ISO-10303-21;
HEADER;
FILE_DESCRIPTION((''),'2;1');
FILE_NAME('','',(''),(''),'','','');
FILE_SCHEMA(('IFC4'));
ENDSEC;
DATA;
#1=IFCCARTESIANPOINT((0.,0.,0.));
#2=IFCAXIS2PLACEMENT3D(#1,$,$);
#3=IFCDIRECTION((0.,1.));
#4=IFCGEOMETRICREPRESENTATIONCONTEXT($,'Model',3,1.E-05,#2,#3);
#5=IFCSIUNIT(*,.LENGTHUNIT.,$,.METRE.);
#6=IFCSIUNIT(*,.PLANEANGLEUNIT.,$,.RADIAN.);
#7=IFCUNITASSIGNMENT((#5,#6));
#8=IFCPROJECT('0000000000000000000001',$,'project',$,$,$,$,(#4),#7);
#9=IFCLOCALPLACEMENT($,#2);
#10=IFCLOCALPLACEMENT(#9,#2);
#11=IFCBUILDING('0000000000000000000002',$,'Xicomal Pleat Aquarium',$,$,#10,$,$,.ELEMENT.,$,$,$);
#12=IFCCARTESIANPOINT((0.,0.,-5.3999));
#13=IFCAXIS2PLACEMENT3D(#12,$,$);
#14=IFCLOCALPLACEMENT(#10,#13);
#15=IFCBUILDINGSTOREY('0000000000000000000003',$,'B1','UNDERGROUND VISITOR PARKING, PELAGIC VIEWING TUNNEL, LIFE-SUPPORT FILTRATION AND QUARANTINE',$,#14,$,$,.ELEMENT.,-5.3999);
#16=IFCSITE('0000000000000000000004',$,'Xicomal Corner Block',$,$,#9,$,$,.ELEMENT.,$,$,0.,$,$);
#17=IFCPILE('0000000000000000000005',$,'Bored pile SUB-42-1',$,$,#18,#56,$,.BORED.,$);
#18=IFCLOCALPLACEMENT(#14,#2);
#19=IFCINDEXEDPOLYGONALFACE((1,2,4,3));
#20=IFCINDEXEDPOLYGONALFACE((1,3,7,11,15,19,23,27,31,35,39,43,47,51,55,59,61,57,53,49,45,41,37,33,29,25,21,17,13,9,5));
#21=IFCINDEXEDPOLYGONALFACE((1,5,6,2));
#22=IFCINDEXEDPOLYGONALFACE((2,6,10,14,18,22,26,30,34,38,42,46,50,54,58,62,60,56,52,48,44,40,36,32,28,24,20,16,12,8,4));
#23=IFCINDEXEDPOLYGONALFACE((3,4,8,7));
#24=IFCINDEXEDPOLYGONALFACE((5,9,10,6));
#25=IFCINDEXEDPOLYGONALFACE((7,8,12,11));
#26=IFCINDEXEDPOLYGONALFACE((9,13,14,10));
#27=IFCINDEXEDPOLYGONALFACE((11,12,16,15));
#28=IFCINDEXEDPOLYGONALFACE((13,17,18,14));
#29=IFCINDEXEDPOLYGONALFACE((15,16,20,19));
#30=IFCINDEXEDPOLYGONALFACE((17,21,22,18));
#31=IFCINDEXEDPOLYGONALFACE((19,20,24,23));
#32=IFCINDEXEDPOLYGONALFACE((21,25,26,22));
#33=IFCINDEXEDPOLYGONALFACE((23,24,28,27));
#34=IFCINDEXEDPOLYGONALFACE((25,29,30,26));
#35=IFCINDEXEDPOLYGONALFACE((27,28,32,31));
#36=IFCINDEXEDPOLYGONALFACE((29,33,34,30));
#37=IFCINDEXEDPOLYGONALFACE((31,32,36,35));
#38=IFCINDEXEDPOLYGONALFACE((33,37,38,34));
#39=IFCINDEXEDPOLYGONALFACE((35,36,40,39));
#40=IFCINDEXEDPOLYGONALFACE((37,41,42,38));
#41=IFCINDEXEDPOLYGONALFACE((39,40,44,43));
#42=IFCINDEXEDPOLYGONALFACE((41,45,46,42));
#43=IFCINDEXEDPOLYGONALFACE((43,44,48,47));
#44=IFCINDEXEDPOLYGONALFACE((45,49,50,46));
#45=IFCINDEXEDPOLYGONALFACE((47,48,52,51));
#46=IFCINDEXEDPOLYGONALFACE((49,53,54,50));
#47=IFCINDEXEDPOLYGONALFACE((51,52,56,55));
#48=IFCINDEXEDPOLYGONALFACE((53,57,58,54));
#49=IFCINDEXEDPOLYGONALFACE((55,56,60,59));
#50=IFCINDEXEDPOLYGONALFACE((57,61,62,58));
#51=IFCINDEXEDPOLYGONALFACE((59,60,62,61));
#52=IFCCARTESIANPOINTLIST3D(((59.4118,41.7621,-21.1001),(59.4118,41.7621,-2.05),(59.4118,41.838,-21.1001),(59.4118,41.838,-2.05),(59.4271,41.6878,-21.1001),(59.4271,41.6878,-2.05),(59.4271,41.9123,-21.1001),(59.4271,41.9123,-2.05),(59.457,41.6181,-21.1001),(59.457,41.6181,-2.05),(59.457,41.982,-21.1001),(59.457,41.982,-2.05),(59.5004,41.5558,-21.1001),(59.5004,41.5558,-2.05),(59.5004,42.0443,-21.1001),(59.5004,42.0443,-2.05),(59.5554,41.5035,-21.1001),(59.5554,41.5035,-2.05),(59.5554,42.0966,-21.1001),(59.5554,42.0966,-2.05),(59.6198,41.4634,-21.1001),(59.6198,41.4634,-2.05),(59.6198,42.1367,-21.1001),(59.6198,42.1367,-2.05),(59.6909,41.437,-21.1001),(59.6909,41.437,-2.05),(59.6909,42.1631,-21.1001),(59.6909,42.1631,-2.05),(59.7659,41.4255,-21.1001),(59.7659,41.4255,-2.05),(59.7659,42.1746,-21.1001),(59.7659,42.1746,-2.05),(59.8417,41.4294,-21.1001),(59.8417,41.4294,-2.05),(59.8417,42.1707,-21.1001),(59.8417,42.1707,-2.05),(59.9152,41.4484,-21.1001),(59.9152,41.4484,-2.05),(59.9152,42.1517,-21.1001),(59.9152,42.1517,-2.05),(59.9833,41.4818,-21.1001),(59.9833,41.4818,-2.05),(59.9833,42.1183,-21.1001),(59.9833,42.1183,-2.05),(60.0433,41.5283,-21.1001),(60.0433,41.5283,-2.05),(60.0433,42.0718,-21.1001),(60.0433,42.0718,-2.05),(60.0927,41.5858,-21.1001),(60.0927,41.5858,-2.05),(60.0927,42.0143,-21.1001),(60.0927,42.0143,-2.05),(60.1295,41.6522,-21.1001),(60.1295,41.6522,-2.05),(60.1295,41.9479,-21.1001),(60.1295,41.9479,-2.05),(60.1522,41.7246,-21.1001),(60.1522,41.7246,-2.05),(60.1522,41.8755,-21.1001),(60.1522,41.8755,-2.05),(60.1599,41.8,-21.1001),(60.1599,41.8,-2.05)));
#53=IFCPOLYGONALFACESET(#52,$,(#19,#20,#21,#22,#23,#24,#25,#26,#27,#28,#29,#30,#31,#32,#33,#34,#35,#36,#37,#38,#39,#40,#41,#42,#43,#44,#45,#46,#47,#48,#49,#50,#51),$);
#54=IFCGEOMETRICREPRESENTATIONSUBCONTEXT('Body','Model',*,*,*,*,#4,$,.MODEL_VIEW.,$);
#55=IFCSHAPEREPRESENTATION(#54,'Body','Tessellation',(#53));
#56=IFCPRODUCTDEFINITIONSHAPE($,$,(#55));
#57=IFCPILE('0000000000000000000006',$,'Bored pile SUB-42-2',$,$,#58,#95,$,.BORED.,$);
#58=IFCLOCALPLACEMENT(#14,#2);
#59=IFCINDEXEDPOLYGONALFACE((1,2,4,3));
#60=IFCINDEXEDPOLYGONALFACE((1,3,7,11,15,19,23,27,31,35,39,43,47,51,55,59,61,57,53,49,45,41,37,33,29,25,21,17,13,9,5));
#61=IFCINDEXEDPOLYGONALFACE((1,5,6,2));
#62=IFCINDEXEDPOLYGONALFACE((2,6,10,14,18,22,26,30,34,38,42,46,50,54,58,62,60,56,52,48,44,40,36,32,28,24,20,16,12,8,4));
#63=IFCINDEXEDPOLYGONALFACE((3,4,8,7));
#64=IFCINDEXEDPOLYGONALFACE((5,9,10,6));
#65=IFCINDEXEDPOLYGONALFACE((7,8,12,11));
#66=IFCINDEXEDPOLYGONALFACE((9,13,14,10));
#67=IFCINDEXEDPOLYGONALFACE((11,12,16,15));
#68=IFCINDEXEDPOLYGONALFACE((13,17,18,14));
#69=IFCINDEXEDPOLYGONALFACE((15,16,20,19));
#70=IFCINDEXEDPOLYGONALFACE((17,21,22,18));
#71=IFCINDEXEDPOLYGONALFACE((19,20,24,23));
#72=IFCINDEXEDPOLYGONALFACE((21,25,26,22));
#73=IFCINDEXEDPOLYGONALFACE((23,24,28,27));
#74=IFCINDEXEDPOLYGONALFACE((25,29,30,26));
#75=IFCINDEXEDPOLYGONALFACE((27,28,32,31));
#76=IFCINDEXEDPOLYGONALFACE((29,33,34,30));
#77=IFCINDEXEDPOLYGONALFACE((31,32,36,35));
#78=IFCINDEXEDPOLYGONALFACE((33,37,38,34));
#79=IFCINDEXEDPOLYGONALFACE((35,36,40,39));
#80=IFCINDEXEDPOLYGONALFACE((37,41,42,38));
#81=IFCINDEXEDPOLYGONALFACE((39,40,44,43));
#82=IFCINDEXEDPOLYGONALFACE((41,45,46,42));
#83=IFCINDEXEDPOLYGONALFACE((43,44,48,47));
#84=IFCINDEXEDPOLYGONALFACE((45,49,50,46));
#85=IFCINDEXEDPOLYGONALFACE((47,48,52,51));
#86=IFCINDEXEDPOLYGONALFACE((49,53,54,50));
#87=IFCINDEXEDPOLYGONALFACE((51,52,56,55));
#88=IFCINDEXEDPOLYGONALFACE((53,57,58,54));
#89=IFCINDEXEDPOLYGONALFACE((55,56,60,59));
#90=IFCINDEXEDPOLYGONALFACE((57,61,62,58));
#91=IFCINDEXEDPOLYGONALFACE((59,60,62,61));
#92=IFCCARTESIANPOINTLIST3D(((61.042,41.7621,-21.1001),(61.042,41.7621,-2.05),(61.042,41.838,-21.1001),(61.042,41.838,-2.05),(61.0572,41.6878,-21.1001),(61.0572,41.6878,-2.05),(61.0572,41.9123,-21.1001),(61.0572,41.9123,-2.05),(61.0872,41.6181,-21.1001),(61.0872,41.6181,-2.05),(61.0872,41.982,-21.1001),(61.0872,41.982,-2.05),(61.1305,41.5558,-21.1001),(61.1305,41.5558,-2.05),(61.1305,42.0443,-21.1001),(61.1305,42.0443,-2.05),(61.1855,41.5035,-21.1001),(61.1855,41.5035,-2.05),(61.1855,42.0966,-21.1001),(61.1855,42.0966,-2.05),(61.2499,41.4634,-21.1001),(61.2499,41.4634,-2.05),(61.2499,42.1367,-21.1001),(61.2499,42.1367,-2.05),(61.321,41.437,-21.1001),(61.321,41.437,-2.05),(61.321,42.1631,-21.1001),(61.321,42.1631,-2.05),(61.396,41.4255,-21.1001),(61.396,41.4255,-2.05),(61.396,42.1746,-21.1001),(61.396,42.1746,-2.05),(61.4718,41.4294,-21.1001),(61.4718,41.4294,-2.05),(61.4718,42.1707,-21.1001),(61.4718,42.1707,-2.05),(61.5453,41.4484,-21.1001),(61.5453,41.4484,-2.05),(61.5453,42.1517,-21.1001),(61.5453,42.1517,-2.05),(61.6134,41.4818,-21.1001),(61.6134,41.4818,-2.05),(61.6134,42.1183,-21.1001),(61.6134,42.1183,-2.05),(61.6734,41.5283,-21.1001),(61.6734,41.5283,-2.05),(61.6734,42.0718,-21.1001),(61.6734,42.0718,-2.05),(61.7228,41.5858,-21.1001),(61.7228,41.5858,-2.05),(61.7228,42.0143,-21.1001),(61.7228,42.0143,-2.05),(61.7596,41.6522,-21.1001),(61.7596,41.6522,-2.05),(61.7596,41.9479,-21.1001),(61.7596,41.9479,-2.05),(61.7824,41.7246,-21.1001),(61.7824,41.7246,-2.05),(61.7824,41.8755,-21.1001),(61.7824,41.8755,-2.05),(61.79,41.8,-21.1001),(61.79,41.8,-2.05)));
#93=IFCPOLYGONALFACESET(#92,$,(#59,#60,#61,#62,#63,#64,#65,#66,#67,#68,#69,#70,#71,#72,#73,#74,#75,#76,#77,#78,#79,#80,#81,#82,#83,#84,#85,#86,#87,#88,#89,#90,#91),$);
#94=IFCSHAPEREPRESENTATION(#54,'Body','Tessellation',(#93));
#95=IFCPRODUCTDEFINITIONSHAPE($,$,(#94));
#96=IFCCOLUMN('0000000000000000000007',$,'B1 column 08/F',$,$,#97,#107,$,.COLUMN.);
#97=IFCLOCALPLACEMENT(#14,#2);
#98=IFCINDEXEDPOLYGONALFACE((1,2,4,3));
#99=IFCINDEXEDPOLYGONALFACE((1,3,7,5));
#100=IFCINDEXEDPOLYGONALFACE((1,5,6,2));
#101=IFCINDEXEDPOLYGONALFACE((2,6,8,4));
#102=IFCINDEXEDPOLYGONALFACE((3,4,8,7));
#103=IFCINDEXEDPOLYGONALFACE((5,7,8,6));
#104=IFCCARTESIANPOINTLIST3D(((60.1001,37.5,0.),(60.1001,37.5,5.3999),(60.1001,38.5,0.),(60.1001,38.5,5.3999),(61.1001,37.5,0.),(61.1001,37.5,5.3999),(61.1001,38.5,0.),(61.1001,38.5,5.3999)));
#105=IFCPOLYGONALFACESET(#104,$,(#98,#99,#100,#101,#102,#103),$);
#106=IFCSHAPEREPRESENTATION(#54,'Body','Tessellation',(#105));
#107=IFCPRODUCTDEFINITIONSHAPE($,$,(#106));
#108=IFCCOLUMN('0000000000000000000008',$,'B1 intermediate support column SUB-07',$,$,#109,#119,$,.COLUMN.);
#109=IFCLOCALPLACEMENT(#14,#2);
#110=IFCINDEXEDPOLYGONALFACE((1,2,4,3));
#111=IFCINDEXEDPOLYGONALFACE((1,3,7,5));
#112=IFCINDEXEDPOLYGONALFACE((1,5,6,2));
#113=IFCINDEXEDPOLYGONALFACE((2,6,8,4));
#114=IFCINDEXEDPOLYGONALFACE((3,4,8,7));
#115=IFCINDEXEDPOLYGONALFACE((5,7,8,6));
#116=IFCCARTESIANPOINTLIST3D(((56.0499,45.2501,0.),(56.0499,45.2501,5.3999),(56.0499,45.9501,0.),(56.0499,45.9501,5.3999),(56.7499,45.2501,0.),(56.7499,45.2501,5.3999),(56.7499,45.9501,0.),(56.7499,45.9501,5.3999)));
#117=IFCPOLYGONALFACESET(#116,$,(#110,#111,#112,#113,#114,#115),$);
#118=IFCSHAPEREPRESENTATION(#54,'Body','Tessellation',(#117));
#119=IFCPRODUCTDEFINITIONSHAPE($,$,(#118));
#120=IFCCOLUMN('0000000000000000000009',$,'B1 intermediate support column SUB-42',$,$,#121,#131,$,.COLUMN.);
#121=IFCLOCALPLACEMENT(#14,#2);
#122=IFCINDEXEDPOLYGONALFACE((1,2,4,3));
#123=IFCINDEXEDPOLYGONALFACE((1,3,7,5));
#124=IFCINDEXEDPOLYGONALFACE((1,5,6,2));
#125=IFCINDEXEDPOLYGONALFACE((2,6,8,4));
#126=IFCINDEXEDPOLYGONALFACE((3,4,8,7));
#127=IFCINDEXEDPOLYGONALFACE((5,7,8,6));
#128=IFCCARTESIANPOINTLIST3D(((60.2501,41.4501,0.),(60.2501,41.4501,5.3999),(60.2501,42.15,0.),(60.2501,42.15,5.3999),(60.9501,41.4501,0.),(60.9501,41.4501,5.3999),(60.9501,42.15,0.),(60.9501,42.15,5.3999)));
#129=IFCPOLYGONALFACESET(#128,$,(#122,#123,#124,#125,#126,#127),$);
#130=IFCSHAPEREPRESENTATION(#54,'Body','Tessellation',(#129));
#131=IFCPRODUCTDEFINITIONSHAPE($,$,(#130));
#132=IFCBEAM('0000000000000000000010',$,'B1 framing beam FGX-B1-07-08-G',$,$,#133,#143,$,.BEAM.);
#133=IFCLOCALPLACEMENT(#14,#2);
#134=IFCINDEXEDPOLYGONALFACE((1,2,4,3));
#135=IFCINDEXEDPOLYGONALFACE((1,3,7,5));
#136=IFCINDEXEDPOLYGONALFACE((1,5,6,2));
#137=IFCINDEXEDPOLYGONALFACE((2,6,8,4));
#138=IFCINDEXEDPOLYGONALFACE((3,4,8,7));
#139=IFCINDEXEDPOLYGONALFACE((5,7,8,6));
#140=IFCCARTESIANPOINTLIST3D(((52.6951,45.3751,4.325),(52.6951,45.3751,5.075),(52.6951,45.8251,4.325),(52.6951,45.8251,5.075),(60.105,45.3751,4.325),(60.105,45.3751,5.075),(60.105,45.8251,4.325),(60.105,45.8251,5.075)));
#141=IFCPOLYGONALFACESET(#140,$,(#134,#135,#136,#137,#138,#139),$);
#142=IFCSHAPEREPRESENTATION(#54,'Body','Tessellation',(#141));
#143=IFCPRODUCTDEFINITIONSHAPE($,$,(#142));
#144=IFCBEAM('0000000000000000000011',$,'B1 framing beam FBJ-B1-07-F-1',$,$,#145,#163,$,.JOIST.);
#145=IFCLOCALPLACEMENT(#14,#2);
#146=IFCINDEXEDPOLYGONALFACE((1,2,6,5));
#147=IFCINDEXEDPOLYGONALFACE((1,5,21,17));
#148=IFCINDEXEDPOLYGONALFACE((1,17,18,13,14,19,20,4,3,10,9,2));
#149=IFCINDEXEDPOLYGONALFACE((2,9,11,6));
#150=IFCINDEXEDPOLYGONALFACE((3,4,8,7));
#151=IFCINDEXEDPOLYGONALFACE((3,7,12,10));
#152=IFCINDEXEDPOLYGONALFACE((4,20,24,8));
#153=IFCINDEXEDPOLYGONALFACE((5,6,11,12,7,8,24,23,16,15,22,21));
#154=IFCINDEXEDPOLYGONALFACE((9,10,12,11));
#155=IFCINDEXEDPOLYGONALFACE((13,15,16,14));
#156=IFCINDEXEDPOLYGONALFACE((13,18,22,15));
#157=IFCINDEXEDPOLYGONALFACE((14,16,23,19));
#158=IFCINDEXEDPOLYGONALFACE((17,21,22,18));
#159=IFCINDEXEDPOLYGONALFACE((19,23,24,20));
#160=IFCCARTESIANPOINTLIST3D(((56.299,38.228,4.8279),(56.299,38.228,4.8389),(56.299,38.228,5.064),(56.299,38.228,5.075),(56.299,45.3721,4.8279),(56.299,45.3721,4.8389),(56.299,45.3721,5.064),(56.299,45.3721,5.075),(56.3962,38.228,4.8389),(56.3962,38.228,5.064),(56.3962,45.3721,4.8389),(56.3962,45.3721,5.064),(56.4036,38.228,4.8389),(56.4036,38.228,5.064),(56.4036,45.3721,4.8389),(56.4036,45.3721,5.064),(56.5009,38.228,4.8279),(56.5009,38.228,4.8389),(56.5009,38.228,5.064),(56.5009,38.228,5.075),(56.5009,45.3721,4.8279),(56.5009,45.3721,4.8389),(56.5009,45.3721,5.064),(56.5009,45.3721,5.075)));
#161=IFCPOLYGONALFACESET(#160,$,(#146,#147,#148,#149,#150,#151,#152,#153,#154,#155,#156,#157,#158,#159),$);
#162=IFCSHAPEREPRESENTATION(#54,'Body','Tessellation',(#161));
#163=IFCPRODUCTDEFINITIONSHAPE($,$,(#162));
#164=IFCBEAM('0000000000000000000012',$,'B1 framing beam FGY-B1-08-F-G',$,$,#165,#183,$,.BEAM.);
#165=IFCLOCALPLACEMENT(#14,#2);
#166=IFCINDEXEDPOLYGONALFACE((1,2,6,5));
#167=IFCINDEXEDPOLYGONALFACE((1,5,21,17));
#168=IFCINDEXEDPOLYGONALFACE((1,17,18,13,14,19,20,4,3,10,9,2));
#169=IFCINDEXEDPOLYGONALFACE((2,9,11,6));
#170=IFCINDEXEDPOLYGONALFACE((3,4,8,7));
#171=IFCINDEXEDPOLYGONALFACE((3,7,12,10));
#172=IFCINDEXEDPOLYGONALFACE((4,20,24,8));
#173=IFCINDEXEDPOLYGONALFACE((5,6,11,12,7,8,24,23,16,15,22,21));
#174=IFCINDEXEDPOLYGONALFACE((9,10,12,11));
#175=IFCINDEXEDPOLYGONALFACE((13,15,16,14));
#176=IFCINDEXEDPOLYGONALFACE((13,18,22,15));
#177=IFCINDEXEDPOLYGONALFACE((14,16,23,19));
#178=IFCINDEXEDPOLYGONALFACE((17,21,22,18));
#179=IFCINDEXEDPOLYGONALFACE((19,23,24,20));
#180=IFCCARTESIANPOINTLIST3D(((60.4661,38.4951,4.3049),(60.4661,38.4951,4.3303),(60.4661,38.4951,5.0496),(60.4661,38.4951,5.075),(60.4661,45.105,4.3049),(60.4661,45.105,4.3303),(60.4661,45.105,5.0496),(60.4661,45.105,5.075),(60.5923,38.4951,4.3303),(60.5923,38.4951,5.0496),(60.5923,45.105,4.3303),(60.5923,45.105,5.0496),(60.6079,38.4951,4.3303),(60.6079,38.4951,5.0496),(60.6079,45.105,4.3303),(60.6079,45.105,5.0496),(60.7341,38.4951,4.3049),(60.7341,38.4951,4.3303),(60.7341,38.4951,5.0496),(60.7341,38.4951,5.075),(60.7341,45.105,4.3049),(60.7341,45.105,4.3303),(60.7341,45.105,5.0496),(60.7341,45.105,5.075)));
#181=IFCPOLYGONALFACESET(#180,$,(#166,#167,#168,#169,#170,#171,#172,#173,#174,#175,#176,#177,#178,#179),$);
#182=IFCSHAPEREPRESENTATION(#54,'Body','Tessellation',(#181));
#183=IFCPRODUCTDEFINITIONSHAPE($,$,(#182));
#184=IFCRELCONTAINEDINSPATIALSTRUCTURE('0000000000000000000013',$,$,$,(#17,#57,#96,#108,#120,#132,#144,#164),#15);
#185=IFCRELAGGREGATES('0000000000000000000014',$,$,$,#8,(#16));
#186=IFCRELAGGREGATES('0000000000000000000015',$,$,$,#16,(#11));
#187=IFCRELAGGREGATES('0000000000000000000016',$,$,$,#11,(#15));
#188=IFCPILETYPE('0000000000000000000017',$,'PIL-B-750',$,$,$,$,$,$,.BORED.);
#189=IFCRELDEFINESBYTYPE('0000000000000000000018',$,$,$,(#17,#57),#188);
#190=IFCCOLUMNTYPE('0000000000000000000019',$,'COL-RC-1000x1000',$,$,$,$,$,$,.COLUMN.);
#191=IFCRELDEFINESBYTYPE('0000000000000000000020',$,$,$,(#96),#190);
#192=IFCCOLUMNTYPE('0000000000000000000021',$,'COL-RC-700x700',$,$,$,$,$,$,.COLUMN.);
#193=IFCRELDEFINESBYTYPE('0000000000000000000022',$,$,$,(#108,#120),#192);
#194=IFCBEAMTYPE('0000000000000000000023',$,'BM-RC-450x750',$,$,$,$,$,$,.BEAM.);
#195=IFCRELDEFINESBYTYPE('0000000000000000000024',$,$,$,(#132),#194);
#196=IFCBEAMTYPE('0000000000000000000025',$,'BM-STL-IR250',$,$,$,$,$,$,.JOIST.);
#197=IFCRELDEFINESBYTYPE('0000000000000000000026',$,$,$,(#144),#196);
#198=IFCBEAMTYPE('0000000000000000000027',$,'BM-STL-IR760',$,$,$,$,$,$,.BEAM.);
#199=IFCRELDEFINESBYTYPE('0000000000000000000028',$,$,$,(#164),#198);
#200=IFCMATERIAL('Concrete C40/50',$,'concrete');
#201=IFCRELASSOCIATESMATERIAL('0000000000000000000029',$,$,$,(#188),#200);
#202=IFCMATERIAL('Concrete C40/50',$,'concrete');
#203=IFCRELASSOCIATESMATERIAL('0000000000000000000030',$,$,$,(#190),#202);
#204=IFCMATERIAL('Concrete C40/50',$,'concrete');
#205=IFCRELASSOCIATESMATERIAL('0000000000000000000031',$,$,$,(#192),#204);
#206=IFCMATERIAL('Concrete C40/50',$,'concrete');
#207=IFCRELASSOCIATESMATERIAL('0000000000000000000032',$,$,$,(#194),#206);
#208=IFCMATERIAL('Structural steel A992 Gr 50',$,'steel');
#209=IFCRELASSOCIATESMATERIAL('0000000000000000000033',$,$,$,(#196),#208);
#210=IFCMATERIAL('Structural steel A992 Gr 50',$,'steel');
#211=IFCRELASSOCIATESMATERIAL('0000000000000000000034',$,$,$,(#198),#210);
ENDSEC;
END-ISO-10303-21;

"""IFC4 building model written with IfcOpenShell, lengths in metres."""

from ifc_helpers import new_model, si_unit, direction, frame, origin, origin_2d, place, context, subcontext, project, spatial, rectangle, circle, i_section, extrude, material, material_profile, profile_set, type_object, element, save


model = new_model("IFC4")

# Units and contexts
model_context = context("Model", 3, precision=1e-05, world=origin(), true_north=direction((0.0, 1.0)))
body_context = subcontext(model_context, "Body", "Model", "MODEL_VIEW")
ifc_project = project(units=[si_unit("LENGTHUNIT", "METRE"), si_unit("PLANEANGLEUNIT", "RADIAN")], contexts=[model_context])

# Site, building, storey
site_placement = place(None, origin())
site = spatial("IfcSite", under=ifc_project, at=site_placement, Name="Xicomal Corner Block", CompositionType="ELEMENT", RefElevation=0.0)
building_placement = place(site_placement, origin())
building = spatial("IfcBuilding", under=site, at=building_placement, Name="Xicomal Pleat Aquarium", CompositionType="ELEMENT")
storey_placement = place(building_placement, frame((0.0, 0.0, -5.3999)))
storey = spatial("IfcBuildingStorey", under=building, at=storey_placement, Name="B1", Description="UNDERGROUND VISITOR PARKING, PELAGIC VIEWING TUNNEL, LIFE-SUPPORT FILTRATION AND QUARANTINE", CompositionType="ELEMENT", Elevation=-5.3999)

# Piles
ifc_material_1 = material(Name="Concrete C40/50", Category="concrete")
ifc_material_profile_1 = material_profile(ifc_material_1, circle(Radius=0.375, at=origin_2d()), Name="BORED PILE D750")
ifc_profile_set_1 = profile_set([ifc_material_profile_1], Name="Concrete C40/50")
pile_type_1 = type_object("IfcPileType", Name="PIL-B-750", PredefinedType="BORED", material=ifc_profile_set_1)
for number, where, z_axis, x_axis, name in (
    (1, (59.7849, 41.8, -2.05), (0.0, 0.0, -1.0), (1.0, 0.0, 0.0), "Bored pile SUB-42-1"),
    (2, (61.415, 41.8, -2.05), (0.0, 0.0, -1.0), (1.0, 0.0, 0.0), "Bored pile SUB-42-2"),
):
    element("IfcPile", number, at=place(storey_placement, frame(where, z_axis=z_axis, x_axis=x_axis)), inside=storey, type_object=pile_type_1, Name=name, PredefinedType="BORED", context=body_context, shape_type="SweptSolid", body=[
        extrude(circle(Radius=0.375, at=origin_2d()), origin(), (0.0, 0.0, 1.0), 19.05),
    ])

# Columns
ifc_material_2 = material(Name="Concrete C40/50", Category="concrete")
ifc_material_profile_2 = material_profile(ifc_material_2, rectangle(XDim=1.0, YDim=1.0, at=origin_2d()), Name="RC 1000x1000")
ifc_profile_set_2 = profile_set([ifc_material_profile_2], Name="Concrete C40/50")
column_type_1 = type_object("IfcColumnType", Name="COL-RC-1000x1000", PredefinedType="COLUMN", material=ifc_profile_set_2)
column_placement = place(storey_placement, frame((60.6001, 38.0, 0.0), z_axis=(0.0, 0.0, 1.0), x_axis=(1.0, 0.0, 0.0)))
element("IfcColumn", 3, at=column_placement, inside=storey, type_object=column_type_1, Name="B1 column 08/F", PredefinedType="COLUMN", context=body_context, shape_type="SweptSolid", body=[
    extrude(rectangle(XDim=1.0, YDim=1.0, at=origin_2d()), origin(), (0.0, 0.0, 1.0), 5.3999),
])
ifc_material_3 = material(Name="Concrete C40/50", Category="concrete")
ifc_material_profile_3 = material_profile(ifc_material_3, rectangle(XDim=0.7, YDim=0.7, at=origin_2d()), Name="RC 700x700")
ifc_profile_set_3 = profile_set([ifc_material_profile_3], Name="Concrete C40/50")
column_type_2 = type_object("IfcColumnType", Name="COL-RC-700x700", PredefinedType="COLUMN", material=ifc_profile_set_3)
for number, where, z_axis, x_axis, name in (
    (4, (56.3999, 45.6001, 0.0), (0.0, 0.0, 1.0), (1.0, 0.0, 0.0), "B1 intermediate support column SUB-07"),
    (5, (60.6001, 41.8, 0.0), (0.0, 0.0, 1.0), (1.0, 0.0, 0.0), "B1 intermediate support column SUB-42"),
):
    element("IfcColumn", number, at=place(storey_placement, frame(where, z_axis=z_axis, x_axis=x_axis)), inside=storey, type_object=column_type_2, Name=name, PredefinedType="COLUMN", context=body_context, shape_type="SweptSolid", body=[
        extrude(rectangle(XDim=0.7, YDim=0.7, at=origin_2d()), origin(), (0.0, 0.0, 1.0), 5.3999),
    ])

# Beams
ifc_material_4 = material(Name="Concrete C40/50", Category="concrete")
ifc_material_profile_4 = material_profile(ifc_material_4, rectangle(XDim=0.45, YDim=0.75, at=origin_2d()), Name="RC 450x750")
ifc_profile_set_4 = profile_set([ifc_material_profile_4], Name="Concrete C40/50")
beam_type_1 = type_object("IfcBeamType", Name="BM-RC-450x750", PredefinedType="BEAM", material=ifc_profile_set_4)
beam_1_placement = place(storey_placement, frame((52.6951, 45.6001, 4.7), z_axis=(1.0, 0.0, 0.0), x_axis=(0.0, 1.0, 0.0)))
element("IfcBeam", 6, at=beam_1_placement, inside=storey, type_object=beam_type_1, Name="B1 framing beam FGX-B1-07-08-G", PredefinedType="BEAM", context=body_context, shape_type="SweptSolid", body=[
    extrude(rectangle(XDim=0.45, YDim=0.75, at=origin_2d()), origin(), (0.0, 0.0, 1.0), 7.4099),
])
ifc_material_5 = material(Name="Structural steel A992 Gr 50", Category="steel")
ifc_material_profile_5 = material_profile(ifc_material_5, i_section(OverallWidth=0.2019, OverallDepth=0.2471, WebThickness=0.0073, FlangeThickness=0.011, at=origin_2d()), Name="IR 250x49")
ifc_profile_set_5 = profile_set([ifc_material_profile_5], Name="Structural steel A992 Gr 50")
beam_type_2 = type_object("IfcBeamType", Name="BM-STL-IR250", PredefinedType="JOIST", material=ifc_profile_set_5)
beam_2_placement = place(storey_placement, frame((56.3999, 38.228, 4.9514), z_axis=(0.0, 1.0, 0.0), x_axis=(-1.0, 0.0, 0.0)))
element("IfcBeam", 7, at=beam_2_placement, inside=storey, type_object=beam_type_2, Name="B1 framing beam FBJ-B1-07-F-1", PredefinedType="JOIST", context=body_context, shape_type="SweptSolid", body=[
    extrude(i_section(OverallWidth=0.2019, OverallDepth=0.2471, WebThickness=0.0073, FlangeThickness=0.011, at=origin_2d()), origin(), (0.0, 0.0, 1.0), 7.144),
])
ifc_material_6 = material(Name="Structural steel A992 Gr 50", Category="steel")
ifc_material_profile_6 = material_profile(ifc_material_6, i_section(OverallWidth=0.2681, OverallDepth=0.77, WebThickness=0.0156, FlangeThickness=0.0254, at=origin_2d()), Name="IR 760x196")
ifc_profile_set_6 = profile_set([ifc_material_profile_6], Name="Structural steel A992 Gr 50")
beam_type_3 = type_object("IfcBeamType", Name="BM-STL-IR760", PredefinedType="BEAM", material=ifc_profile_set_6)
beam_3_placement = place(storey_placement, frame((60.6001, 38.4951, 4.6899), z_axis=(0.0, 1.0, 0.0), x_axis=(-1.0, 0.0, 0.0)))
element("IfcBeam", 8, at=beam_3_placement, inside=storey, type_object=beam_type_3, Name="B1 framing beam FGY-B1-08-F-G", PredefinedType="BEAM", context=body_context, shape_type="SweptSolid", body=[
    extrude(i_section(OverallWidth=0.2681, OverallDepth=0.77, WebThickness=0.0156, FlangeThickness=0.0254, at=origin_2d()), origin(), (0.0, 0.0, 1.0), 6.6099),
])

save(model, "model.ifc")
